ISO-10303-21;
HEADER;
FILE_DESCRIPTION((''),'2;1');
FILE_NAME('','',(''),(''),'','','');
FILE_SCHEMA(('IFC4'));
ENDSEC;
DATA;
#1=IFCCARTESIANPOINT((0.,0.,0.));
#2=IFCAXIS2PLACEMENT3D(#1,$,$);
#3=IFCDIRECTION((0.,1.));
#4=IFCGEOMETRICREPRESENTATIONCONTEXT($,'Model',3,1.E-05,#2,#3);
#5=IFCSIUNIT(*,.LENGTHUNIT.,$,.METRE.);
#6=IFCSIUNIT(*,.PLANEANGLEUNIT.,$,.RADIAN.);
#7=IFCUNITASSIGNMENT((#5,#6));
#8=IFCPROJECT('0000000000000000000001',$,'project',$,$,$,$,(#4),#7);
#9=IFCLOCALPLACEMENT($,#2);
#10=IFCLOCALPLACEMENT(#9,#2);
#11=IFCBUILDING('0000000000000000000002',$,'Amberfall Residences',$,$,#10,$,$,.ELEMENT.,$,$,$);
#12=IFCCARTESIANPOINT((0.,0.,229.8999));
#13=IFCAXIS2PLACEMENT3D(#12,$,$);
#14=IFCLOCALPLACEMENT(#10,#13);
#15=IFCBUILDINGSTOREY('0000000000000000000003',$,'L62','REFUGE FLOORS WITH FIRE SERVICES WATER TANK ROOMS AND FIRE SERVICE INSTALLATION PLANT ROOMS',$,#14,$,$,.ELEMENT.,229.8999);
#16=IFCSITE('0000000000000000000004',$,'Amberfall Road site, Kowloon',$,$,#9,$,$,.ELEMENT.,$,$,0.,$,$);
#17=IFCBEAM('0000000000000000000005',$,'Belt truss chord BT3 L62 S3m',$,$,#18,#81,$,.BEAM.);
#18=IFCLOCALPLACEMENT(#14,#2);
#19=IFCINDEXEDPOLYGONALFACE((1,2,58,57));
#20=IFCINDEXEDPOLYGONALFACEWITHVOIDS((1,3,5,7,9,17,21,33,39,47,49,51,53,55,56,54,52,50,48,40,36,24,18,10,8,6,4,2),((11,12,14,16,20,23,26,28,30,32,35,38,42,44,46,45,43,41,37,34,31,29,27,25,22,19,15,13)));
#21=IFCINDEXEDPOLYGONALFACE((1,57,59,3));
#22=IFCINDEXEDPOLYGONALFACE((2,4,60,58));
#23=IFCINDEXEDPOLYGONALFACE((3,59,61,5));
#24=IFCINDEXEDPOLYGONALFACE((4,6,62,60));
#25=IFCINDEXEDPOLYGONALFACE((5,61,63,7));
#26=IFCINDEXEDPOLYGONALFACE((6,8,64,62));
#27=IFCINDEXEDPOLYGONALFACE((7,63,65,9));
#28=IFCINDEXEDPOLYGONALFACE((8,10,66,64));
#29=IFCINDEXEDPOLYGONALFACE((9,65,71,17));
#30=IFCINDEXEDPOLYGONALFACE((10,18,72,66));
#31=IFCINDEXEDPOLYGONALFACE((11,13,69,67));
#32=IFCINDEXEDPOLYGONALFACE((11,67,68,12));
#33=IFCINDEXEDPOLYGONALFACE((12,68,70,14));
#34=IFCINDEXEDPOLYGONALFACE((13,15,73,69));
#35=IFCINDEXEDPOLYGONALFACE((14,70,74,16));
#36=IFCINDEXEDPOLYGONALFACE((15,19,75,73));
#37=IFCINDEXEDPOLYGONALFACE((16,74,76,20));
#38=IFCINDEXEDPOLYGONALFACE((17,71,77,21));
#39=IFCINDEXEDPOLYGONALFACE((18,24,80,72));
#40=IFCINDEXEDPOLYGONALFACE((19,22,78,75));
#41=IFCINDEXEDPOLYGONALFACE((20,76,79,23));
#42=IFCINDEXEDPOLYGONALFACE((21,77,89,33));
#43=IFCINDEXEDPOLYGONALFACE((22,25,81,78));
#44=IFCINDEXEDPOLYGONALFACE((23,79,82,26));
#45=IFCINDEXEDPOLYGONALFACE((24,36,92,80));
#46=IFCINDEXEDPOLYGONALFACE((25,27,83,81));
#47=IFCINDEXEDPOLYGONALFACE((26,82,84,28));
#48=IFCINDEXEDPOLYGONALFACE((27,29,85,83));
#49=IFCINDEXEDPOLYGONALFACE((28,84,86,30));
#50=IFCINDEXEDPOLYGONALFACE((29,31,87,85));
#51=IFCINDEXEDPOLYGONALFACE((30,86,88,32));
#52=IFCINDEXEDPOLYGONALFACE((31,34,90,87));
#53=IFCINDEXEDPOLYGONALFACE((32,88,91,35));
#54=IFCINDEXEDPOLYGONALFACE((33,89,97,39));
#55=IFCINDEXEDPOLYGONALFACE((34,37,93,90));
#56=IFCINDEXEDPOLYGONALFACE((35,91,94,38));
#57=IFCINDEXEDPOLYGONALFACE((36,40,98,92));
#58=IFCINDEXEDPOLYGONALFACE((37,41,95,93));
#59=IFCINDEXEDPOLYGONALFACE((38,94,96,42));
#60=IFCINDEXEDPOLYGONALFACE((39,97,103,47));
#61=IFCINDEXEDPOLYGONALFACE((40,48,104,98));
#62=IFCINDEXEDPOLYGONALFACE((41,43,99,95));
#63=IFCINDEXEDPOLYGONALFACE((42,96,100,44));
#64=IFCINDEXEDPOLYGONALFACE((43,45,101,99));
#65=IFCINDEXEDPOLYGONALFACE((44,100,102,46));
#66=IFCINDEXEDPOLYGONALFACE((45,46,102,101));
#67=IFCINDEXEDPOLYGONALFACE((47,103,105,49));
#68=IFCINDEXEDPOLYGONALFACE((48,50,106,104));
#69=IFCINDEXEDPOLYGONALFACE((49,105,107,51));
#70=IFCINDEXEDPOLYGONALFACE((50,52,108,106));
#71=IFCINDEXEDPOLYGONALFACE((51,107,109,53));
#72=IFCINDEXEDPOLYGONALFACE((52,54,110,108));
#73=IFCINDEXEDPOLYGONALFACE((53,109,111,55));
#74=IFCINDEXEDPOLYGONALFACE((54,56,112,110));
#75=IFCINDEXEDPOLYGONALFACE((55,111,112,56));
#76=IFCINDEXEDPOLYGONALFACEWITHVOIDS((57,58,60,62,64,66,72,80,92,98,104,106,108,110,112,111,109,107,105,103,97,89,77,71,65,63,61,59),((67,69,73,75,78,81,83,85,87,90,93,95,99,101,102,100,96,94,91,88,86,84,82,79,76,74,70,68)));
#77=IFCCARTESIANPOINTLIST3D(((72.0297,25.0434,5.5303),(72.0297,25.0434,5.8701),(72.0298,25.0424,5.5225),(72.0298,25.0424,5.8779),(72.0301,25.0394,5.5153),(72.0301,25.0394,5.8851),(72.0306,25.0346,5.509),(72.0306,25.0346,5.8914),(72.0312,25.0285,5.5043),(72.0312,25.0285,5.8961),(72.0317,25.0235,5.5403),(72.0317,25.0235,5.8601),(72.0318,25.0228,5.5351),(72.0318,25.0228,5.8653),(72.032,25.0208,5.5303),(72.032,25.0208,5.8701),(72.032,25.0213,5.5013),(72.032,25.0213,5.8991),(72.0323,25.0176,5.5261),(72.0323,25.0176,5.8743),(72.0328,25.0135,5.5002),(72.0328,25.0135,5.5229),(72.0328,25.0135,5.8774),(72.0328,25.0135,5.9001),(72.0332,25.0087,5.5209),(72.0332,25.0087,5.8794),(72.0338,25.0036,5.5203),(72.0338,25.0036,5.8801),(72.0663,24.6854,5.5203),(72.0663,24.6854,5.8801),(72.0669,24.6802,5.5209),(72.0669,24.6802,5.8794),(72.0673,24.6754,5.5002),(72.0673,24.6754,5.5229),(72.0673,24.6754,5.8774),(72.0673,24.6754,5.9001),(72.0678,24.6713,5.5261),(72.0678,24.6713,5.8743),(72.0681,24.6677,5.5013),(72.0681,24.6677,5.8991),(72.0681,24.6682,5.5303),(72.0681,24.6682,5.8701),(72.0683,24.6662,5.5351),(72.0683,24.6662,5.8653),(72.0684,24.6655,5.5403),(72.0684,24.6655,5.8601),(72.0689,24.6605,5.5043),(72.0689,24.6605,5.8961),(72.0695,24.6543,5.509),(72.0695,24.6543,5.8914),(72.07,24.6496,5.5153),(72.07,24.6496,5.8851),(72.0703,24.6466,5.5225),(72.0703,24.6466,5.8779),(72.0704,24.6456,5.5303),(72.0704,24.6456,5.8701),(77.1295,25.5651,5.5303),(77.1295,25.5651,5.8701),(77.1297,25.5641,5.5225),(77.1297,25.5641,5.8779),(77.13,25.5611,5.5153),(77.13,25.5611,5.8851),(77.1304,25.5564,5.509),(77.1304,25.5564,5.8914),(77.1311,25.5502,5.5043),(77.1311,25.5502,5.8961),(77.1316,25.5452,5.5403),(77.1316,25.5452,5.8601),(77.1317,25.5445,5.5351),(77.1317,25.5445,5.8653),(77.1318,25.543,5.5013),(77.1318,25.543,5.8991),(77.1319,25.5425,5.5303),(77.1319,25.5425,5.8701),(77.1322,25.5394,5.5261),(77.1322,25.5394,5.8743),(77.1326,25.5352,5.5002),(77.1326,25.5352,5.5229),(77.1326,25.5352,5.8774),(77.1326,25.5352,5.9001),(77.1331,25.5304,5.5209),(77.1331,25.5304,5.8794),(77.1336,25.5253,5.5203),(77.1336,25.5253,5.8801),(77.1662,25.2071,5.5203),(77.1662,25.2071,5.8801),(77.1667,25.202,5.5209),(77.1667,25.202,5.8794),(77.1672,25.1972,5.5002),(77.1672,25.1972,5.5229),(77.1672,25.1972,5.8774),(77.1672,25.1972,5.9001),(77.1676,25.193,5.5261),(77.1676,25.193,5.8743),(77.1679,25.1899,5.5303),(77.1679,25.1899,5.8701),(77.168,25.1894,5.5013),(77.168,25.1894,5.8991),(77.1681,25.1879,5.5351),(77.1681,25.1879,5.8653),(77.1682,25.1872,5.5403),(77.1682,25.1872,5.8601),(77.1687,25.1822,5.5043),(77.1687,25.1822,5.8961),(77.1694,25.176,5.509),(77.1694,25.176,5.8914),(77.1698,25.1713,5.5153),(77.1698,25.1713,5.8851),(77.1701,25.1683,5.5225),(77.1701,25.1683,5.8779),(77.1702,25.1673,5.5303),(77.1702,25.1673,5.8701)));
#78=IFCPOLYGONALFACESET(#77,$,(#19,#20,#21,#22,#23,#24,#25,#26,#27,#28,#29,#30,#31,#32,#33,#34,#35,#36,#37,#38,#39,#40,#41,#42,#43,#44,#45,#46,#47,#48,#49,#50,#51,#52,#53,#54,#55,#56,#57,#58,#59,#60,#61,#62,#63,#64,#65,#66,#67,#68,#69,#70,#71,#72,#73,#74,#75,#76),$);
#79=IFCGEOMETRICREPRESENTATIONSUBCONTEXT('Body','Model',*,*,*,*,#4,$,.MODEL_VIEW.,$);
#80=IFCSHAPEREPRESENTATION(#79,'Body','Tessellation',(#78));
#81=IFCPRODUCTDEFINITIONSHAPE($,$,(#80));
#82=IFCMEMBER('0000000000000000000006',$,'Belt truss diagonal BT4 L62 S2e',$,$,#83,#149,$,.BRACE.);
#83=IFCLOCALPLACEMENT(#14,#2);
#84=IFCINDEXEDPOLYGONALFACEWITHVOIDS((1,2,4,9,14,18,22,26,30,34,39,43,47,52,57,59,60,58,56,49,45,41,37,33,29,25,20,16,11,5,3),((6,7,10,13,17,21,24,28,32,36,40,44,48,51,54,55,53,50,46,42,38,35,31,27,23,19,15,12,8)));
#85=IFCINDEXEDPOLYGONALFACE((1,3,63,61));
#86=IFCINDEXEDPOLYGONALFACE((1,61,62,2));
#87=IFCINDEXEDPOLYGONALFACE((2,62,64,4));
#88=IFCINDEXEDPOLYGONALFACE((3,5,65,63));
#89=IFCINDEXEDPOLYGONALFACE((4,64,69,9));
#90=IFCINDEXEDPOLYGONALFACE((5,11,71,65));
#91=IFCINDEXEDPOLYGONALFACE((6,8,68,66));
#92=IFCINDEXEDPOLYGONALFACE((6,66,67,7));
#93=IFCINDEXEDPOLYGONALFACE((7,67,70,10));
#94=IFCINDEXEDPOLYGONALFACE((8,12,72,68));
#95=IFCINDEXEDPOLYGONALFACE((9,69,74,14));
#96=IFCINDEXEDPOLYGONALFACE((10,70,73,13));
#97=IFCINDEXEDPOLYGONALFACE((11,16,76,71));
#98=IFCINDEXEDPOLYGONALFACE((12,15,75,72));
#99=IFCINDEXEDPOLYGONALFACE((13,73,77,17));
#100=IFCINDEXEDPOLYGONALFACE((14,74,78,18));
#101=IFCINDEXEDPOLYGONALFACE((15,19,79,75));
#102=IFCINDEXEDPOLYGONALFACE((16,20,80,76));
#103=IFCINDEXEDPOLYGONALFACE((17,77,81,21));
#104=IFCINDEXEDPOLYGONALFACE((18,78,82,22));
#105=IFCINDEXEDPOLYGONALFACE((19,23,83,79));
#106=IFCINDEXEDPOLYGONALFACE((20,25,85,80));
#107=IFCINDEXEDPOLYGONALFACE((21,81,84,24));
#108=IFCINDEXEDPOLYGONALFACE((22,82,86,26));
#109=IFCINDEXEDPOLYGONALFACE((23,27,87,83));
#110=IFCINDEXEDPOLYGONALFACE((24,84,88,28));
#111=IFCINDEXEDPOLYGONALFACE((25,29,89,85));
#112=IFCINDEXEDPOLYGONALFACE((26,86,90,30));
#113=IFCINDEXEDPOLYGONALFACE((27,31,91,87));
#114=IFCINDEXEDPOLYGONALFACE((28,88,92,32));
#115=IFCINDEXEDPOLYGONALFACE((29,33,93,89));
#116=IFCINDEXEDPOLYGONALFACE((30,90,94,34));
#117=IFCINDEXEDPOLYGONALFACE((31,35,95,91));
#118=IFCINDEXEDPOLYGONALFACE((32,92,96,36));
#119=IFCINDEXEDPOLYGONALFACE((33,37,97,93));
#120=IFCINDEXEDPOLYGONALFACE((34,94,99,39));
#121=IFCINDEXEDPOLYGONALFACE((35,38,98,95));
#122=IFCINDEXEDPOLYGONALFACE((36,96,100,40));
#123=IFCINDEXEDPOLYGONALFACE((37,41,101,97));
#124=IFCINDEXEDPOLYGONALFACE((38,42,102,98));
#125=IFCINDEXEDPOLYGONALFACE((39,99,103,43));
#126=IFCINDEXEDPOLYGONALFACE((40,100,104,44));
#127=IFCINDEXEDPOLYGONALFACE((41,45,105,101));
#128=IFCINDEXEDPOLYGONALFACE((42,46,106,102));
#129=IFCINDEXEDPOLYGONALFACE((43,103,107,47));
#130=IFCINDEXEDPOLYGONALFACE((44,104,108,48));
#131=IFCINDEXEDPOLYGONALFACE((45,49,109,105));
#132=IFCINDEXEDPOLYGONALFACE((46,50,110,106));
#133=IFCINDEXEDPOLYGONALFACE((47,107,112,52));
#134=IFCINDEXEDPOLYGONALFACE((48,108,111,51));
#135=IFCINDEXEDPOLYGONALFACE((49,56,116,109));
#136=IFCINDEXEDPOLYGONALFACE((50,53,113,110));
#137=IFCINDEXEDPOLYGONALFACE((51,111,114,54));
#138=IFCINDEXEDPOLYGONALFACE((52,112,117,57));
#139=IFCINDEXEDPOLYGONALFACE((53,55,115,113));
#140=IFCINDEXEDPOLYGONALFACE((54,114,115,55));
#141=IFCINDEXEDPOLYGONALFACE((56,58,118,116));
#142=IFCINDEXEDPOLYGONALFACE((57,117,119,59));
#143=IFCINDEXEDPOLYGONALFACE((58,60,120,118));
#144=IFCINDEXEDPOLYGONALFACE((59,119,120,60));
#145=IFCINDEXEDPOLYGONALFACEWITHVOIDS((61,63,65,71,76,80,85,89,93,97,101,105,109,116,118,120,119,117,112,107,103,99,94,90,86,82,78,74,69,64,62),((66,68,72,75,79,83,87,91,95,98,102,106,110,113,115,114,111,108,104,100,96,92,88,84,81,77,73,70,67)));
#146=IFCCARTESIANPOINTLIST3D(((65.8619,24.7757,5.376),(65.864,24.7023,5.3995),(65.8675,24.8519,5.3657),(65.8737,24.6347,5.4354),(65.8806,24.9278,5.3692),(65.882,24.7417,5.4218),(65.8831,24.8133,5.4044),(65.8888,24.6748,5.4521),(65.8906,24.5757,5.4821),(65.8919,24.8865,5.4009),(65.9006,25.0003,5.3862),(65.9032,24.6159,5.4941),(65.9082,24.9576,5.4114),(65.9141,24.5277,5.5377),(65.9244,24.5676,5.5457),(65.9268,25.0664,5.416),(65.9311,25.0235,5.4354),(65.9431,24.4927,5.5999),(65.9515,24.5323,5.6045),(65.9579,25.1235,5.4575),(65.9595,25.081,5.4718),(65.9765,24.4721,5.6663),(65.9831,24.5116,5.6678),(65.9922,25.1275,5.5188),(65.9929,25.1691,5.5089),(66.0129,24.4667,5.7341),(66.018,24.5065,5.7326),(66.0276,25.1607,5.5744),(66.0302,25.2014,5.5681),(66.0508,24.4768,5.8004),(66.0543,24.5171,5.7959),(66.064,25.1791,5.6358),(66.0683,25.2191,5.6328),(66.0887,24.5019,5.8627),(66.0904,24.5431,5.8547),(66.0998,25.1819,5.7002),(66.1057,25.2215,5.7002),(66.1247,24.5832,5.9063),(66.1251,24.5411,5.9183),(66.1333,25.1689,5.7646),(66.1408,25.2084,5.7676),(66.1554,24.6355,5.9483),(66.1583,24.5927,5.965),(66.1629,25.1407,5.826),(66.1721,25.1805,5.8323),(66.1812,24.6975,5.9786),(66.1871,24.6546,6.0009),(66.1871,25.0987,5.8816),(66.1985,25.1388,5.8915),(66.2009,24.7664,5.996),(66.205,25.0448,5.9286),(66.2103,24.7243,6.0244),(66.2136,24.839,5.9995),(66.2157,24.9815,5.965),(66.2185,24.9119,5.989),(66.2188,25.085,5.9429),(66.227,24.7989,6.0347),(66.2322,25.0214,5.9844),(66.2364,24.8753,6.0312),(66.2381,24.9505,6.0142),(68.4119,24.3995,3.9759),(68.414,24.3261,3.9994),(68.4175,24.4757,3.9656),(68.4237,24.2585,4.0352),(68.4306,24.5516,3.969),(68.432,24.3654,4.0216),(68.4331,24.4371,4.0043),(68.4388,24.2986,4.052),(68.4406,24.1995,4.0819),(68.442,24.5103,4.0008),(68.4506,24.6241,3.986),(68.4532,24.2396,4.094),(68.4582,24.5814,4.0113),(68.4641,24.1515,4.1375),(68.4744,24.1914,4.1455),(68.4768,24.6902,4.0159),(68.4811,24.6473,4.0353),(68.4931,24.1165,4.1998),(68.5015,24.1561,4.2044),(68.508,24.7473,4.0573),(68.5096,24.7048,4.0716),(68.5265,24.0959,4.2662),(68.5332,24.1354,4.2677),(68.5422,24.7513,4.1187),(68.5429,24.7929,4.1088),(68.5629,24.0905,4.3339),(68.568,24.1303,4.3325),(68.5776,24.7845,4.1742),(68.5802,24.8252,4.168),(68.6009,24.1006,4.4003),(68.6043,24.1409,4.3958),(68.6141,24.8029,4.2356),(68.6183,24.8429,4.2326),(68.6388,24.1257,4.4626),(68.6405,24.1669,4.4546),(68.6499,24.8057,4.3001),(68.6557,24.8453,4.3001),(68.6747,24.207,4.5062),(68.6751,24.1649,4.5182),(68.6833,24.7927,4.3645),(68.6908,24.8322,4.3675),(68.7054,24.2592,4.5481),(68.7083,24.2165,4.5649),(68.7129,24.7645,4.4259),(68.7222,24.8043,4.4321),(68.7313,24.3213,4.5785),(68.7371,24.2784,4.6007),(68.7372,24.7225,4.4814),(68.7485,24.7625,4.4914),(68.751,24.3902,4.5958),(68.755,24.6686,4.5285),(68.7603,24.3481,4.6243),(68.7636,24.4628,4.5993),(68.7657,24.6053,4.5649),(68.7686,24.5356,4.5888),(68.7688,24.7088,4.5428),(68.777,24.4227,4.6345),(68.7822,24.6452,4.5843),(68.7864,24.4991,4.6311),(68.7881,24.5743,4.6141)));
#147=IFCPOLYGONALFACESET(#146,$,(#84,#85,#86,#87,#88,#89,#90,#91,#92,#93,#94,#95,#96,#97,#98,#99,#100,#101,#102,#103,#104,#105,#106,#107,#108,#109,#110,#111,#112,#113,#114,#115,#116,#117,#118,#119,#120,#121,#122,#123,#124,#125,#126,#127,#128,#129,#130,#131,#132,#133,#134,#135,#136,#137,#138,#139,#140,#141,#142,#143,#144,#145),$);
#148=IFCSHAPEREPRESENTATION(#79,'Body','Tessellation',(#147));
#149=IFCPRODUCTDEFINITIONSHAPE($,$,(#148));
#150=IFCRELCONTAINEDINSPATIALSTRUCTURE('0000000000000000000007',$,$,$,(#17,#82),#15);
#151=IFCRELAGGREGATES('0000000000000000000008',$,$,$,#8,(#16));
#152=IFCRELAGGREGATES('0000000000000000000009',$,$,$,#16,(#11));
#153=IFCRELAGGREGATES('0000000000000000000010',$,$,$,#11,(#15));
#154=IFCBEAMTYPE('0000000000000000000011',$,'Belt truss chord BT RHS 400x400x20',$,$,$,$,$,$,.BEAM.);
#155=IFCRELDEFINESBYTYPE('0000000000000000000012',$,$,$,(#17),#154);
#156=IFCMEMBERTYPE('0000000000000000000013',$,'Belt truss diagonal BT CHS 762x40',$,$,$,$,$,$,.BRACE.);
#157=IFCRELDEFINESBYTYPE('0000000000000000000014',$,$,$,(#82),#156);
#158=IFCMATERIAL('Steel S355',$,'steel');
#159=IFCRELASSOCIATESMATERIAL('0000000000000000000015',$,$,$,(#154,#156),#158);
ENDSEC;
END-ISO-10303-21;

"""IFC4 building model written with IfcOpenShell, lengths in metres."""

from ifc_helpers import new_model, si_unit, direction, frame, origin, origin_2d, place, context, subcontext, project, spatial, hollow_rectangle, hollow_circle, extrude, material, material_profile, profile_set, type_object, element, save


model = new_model("IFC4")

# Units and contexts
model_context = context("Model", 3, precision=1e-05, world=origin(), true_north=direction((0.0, 1.0)))
body_context = subcontext(model_context, "Body", "Model", "MODEL_VIEW")
ifc_project = project(units=[si_unit("LENGTHUNIT", "METRE"), si_unit("PLANEANGLEUNIT", "RADIAN")], contexts=[model_context])

# Site, building, storey
site_placement = place(None, origin())
site = spatial("IfcSite", under=ifc_project, at=site_placement, Name="Amberfall Road site, Kowloon", CompositionType="ELEMENT", RefElevation=0.0)
building_placement = place(site_placement, origin())
building = spatial("IfcBuilding", under=site, at=building_placement, Name="Amberfall Residences", CompositionType="ELEMENT")
storey_placement = place(building_placement, frame((0.0, 0.0, 229.8999)))
storey = spatial("IfcBuildingStorey", under=building, at=storey_placement, Name="L62", Description="REFUGE FLOORS WITH FIRE SERVICES WATER TANK ROOMS AND FIRE SERVICE INSTALLATION PLANT ROOMS", CompositionType="ELEMENT", Elevation=229.8999)

# Beam
ifc_material_1 = material(Name="Steel S355", Category="steel")
ifc_material_profile_1 = material_profile(ifc_material_1, hollow_rectangle(XDim=0.3999, YDim=0.3999, WallThickness=0.02, InnerFilletRadius=0.02, OuterFilletRadius=0.03, at=origin_2d()), Name="RHS 400x400x20")
ifc_profile_set_1 = profile_set([ifc_material_profile_1], Name="Steel S355")
beam_type_1 = type_object("IfcBeamType", Name="Belt truss chord BT RHS 400x400x20", PredefinedType="BEAM", material=ifc_profile_set_1)
beam_1_placement = place(storey_placement, frame((72.05, 24.8445, 5.7002), z_axis=(0.994808, 0.101771, 0.0), x_axis=(-0.101771, 0.994808, 0.0)))
element("IfcBeam", 1, at=beam_1_placement, inside=storey, type_object=beam_type_1, Name="Belt truss chord BT3 L62 S3m", PredefinedType="BEAM", context=body_context, shape_type="SweptSolid", body=[
    extrude(hollow_rectangle(XDim=0.3999, YDim=0.3999, WallThickness=0.02, InnerFilletRadius=0.02, OuterFilletRadius=0.03, at=origin_2d()), origin(), (0.0, 0.0, 1.0), 5.1265),
])

# Member
ifc_material_profile_2 = material_profile(ifc_material_1, hollow_circle(Radius=0.3811, WallThickness=0.04, at=origin_2d()), Name="CHS 762x40")
ifc_profile_set_2 = profile_set([ifc_material_profile_2], Name="Steel S355")
member_type_1 = type_object("IfcMemberType", Name="Belt truss diagonal BT CHS 762x40", PredefinedType="BRACE", material=ifc_profile_set_2)
member_1_placement = place(storey_placement, frame((66.05, 24.8445, 5.7002), z_axis=(0.869322, -0.128255, -0.477316), x_axis=(0.145955, 0.989291, 0.0)))
element("IfcMember", 2, at=member_1_placement, inside=storey, type_object=member_type_1, Name="Belt truss diagonal BT4 L62 S2e", PredefinedType="BRACE", context=body_context, shape_type="SweptSolid", body=[
    extrude(hollow_circle(Radius=0.3811, WallThickness=0.04, at=origin_2d()), origin(), (0.0, 0.0, 1.0), 2.9333),
])

save(model, "model.ifc")
